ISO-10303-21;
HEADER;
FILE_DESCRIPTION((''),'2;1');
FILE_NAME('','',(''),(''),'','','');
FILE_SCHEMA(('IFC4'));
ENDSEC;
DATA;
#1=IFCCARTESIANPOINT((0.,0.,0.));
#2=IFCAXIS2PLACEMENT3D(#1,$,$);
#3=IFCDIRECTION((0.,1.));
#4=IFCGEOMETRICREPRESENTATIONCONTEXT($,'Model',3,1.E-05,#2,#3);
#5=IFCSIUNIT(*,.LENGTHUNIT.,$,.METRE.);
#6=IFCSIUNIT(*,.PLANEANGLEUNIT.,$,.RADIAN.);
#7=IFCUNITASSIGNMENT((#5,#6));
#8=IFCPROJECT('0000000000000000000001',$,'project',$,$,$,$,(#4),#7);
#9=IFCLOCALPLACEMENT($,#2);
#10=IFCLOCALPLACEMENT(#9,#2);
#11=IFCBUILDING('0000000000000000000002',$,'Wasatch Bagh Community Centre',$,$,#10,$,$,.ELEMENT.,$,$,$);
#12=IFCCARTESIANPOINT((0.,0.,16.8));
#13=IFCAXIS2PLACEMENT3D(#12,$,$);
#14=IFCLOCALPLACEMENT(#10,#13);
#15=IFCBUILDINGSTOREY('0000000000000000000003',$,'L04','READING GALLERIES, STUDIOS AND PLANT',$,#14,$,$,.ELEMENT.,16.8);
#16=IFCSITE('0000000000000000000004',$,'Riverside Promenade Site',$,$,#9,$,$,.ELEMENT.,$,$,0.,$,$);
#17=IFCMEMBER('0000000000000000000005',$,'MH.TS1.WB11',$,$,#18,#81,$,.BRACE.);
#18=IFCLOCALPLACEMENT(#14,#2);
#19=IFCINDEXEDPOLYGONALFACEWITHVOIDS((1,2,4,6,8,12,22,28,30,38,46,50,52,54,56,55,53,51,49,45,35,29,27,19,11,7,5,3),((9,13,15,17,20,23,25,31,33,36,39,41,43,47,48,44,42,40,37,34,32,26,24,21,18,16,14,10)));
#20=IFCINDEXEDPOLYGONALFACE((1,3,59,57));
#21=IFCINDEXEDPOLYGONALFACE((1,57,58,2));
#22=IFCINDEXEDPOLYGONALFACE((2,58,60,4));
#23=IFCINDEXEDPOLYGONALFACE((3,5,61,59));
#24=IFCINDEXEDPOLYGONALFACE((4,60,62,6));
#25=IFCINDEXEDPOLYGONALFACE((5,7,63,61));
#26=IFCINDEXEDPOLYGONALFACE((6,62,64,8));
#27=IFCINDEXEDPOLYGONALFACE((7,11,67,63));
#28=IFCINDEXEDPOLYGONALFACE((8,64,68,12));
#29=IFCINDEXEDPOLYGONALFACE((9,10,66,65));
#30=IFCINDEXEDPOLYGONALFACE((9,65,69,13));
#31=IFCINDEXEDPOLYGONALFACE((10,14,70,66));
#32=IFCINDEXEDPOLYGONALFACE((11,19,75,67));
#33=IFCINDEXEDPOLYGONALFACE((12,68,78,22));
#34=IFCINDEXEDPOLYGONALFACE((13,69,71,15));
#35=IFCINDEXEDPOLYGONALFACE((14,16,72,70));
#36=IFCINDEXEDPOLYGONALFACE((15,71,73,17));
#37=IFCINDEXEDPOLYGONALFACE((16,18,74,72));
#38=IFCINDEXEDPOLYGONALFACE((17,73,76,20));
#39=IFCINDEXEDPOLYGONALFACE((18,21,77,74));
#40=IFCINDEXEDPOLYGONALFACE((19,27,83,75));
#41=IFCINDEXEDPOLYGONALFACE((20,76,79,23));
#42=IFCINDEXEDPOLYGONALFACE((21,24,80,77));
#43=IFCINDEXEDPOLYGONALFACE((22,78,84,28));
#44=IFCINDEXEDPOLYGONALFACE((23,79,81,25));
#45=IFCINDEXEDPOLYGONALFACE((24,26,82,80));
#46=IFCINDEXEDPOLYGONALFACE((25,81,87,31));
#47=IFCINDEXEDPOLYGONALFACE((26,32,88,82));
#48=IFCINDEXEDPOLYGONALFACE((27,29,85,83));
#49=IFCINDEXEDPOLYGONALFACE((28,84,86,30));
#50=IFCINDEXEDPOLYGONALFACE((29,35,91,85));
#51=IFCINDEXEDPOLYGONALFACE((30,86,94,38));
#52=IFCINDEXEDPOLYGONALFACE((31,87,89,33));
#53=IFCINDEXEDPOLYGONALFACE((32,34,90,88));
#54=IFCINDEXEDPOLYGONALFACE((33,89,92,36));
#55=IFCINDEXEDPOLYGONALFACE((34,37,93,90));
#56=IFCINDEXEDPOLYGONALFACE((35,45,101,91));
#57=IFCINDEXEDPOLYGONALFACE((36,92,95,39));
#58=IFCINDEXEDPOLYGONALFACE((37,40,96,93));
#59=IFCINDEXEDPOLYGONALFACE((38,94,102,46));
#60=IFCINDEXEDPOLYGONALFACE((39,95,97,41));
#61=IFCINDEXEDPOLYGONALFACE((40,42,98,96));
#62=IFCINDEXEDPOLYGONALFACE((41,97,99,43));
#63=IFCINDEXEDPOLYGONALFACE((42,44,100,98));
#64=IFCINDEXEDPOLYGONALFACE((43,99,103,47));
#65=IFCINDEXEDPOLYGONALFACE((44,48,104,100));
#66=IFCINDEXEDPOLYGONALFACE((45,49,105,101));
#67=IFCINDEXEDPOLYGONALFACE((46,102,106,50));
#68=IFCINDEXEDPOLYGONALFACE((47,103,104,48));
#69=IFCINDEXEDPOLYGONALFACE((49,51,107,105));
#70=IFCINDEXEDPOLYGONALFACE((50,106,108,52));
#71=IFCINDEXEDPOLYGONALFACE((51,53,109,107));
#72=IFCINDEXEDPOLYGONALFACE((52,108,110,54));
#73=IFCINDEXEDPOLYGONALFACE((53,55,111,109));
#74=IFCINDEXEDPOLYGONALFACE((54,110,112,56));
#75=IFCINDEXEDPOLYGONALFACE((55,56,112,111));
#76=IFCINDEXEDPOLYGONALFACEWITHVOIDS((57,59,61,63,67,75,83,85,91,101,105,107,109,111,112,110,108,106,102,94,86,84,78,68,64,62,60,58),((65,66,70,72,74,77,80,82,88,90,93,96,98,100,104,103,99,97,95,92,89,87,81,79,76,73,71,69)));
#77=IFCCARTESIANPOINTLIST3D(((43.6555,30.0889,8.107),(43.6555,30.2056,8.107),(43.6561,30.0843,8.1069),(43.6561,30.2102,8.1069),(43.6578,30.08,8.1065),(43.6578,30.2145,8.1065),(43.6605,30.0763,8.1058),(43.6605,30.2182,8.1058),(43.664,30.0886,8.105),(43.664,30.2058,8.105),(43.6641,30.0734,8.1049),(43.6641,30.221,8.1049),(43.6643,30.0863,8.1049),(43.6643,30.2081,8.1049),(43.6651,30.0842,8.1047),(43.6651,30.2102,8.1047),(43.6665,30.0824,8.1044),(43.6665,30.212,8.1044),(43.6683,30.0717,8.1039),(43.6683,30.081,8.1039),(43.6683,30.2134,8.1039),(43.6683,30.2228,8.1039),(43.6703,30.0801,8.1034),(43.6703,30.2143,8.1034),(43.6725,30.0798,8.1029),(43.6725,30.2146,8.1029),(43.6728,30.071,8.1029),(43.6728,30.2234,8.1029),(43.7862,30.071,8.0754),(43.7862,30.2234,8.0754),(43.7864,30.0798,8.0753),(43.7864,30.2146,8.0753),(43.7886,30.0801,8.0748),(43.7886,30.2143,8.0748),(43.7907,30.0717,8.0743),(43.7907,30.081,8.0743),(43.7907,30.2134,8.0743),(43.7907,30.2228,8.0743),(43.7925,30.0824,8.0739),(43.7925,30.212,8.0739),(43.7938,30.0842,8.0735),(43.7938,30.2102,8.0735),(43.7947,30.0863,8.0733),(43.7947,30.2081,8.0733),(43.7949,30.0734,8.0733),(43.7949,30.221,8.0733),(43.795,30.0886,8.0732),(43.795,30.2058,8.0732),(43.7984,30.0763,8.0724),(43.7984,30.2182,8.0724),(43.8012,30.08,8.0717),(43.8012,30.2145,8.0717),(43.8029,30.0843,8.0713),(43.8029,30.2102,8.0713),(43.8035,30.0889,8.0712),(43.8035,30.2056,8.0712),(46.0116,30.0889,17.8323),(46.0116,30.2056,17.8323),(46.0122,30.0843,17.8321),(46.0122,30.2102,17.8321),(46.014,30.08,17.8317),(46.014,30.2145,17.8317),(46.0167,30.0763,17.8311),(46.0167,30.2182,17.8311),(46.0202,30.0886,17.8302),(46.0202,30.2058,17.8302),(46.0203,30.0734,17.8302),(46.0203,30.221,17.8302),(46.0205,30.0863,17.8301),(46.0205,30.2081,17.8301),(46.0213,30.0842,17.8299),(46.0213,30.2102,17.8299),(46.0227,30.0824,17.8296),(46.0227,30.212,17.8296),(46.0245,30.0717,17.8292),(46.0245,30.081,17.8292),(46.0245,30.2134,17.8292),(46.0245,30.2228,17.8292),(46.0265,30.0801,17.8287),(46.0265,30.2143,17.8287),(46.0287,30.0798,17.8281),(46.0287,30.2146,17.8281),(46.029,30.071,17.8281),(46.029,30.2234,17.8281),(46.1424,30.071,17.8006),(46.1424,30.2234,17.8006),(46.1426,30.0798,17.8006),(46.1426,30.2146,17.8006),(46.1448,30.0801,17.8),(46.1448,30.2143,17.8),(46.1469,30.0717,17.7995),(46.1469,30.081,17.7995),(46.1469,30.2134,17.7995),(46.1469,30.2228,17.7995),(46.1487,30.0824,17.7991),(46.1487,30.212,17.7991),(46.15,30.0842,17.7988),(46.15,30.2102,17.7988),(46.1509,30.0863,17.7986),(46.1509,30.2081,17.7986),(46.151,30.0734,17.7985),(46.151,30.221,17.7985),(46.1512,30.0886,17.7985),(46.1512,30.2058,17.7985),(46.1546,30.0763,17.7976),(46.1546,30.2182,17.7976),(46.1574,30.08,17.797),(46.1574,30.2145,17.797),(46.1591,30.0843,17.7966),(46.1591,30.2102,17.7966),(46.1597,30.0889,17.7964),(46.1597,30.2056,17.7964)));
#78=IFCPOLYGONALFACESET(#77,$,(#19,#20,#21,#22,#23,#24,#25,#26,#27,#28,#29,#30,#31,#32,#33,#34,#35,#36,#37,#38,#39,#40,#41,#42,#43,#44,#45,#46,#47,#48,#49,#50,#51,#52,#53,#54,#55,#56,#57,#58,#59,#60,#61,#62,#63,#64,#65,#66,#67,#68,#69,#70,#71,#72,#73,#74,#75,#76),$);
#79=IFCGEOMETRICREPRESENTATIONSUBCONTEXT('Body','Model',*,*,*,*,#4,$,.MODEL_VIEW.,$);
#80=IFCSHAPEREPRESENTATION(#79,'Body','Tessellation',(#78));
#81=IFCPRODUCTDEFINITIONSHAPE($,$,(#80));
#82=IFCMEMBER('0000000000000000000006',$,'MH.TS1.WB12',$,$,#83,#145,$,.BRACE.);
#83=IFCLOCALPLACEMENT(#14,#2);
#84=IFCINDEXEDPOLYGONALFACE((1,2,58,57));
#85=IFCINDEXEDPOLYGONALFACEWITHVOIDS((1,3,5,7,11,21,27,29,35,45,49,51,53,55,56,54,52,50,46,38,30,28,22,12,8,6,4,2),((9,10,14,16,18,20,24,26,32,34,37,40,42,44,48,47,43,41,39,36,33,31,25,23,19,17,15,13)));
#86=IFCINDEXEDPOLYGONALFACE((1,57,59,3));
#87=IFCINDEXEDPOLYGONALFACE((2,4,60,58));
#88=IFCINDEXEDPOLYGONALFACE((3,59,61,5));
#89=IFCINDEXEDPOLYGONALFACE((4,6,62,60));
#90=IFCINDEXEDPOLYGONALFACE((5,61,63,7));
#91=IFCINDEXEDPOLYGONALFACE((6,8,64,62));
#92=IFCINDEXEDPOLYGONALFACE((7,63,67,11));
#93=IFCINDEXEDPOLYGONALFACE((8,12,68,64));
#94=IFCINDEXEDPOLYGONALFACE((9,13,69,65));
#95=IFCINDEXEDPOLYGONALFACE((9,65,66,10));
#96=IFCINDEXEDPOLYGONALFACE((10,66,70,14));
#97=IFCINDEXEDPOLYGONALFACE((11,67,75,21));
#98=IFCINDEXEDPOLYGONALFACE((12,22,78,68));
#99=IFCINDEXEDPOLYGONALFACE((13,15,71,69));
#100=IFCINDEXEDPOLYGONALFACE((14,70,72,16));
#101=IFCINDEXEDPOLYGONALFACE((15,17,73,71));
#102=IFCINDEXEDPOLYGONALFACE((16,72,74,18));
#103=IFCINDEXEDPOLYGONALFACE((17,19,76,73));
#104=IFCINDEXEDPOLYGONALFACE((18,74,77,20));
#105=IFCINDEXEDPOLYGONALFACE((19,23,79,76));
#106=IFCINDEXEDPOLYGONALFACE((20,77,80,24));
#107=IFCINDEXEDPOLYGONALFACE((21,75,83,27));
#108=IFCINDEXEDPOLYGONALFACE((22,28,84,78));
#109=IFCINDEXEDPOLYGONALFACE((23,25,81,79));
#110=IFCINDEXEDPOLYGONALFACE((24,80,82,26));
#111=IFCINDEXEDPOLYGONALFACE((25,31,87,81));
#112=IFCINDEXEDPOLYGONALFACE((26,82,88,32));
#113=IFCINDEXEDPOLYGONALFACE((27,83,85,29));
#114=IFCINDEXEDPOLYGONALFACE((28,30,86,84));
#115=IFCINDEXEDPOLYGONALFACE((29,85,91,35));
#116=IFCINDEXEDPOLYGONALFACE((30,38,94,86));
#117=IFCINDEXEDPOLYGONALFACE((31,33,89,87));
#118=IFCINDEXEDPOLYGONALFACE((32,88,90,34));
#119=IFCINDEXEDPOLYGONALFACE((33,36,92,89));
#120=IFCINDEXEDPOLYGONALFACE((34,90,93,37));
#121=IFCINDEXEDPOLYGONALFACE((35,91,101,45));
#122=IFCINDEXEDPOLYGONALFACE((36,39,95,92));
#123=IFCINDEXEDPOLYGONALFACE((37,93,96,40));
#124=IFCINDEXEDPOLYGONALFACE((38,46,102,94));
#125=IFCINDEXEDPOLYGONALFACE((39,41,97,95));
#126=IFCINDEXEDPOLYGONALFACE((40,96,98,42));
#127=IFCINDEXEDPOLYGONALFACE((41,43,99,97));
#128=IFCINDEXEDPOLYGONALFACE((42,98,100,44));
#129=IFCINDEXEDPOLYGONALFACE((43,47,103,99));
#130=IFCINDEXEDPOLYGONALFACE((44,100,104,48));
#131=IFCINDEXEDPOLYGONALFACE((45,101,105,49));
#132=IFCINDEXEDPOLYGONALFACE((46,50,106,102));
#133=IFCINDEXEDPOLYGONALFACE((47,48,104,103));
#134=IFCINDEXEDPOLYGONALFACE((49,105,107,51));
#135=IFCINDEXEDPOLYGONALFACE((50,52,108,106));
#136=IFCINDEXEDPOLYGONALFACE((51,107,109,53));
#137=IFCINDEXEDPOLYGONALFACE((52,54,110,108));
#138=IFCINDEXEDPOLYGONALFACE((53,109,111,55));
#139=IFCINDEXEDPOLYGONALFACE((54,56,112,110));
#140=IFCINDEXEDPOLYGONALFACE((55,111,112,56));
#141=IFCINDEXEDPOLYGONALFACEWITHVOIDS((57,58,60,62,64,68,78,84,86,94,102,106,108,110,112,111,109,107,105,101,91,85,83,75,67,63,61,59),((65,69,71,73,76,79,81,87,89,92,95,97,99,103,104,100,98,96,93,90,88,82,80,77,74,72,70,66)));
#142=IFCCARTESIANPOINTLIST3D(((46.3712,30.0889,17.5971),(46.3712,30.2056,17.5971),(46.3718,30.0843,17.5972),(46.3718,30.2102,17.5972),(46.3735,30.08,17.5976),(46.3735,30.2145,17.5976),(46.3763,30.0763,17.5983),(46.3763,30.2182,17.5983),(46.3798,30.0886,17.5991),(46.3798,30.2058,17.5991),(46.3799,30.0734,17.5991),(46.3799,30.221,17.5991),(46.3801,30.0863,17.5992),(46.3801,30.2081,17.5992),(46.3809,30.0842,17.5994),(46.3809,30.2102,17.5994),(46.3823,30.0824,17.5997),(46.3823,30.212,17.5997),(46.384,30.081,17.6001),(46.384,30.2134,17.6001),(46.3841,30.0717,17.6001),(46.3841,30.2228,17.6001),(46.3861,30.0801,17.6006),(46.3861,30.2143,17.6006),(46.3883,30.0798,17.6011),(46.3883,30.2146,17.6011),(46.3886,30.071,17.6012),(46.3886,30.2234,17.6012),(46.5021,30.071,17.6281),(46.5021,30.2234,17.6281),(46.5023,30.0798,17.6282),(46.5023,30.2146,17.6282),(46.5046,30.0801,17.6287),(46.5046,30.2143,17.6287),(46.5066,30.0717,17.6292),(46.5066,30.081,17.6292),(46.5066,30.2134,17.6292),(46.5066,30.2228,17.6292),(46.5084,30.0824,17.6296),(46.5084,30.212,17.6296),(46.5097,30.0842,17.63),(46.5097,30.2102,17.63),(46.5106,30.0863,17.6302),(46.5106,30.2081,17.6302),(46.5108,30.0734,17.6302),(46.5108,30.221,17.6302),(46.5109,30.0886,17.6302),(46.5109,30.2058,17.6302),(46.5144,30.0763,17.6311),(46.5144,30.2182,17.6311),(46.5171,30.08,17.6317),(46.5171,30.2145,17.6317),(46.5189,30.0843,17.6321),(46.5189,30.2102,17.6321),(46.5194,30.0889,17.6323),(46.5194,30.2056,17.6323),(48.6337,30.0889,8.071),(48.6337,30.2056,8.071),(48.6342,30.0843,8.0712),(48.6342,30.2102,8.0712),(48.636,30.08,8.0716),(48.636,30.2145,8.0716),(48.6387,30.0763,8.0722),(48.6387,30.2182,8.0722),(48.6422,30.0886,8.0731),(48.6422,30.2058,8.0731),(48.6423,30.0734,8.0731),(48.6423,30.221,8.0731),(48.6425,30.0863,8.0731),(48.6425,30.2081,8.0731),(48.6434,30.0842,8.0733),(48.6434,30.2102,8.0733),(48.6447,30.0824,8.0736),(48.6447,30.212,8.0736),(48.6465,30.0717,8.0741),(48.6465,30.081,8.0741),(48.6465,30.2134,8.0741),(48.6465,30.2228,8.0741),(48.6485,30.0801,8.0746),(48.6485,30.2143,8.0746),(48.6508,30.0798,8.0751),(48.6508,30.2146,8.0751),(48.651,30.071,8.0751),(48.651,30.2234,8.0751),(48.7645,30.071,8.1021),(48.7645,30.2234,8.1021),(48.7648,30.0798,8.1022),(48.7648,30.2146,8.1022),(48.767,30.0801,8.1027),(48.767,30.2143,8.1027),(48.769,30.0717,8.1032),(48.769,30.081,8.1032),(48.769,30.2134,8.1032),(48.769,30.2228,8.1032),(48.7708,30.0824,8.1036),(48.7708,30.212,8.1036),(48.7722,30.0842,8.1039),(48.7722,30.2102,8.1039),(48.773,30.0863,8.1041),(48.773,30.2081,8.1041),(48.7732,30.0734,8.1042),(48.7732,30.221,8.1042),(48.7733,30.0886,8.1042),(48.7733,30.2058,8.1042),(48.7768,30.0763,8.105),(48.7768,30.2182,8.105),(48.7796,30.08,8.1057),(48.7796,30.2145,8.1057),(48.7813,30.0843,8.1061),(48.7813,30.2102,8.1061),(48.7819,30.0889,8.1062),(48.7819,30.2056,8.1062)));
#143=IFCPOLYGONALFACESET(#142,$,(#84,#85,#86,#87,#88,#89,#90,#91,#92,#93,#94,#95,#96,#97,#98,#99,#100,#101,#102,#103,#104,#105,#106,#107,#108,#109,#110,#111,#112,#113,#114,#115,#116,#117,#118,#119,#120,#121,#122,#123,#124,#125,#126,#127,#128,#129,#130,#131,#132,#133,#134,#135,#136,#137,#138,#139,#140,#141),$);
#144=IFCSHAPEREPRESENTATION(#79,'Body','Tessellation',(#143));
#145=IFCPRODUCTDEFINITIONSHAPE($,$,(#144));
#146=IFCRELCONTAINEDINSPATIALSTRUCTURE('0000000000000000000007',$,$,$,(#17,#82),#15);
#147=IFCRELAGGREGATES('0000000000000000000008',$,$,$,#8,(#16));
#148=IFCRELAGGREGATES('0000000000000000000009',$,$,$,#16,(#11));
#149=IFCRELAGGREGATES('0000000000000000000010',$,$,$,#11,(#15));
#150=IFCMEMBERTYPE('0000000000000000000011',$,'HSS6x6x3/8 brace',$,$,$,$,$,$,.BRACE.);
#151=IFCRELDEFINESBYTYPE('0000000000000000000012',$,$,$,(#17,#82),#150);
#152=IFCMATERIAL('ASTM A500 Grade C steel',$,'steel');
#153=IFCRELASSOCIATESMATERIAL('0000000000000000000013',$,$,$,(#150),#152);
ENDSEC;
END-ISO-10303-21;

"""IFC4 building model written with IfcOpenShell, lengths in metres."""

from ifc_helpers import new_model, si_unit, direction, frame, origin, origin_2d, place, context, subcontext, project, spatial, hollow_rectangle, extrude, material, material_profile, profile_set, type_object, element, save


model = new_model("IFC4")

# Units and contexts
model_context = context("Model", 3, precision=1e-05, world=origin(), true_north=direction((0.0, 1.0)))
body_context = subcontext(model_context, "Body", "Model", "MODEL_VIEW")
ifc_project = project(units=[si_unit("LENGTHUNIT", "METRE"), si_unit("PLANEANGLEUNIT", "RADIAN")], contexts=[model_context])

# Site, building, storey
site_placement = place(None, origin())
site = spatial("IfcSite", under=ifc_project, at=site_placement, Name="Riverside Promenade Site", CompositionType="ELEMENT", RefElevation=0.0)
building_placement = place(site_placement, origin())
building = spatial("IfcBuilding", under=site, at=building_placement, Name="Wasatch Bagh Community Centre", CompositionType="ELEMENT")
storey_placement = place(building_placement, frame((0.0, 0.0, 16.8)))
storey = spatial("IfcBuildingStorey", under=building, at=storey_placement, Name="L04", Description="READING GALLERIES, STUDIOS AND PLANT", CompositionType="ELEMENT", Elevation=16.8)

# Members
ifc_material_1 = material(Name="ASTM A500 Grade C steel", Category="steel")
ifc_material_profile_1 = material_profile(ifc_material_1, hollow_rectangle(XDim=0.1523, YDim=0.1523, WallThickness=0.0088, InnerFilletRadius=0.0088, OuterFilletRadius=0.0178, at=origin_2d()), Name="HSS6x6x3/8")
ifc_profile_set_1 = profile_set([ifc_material_profile_1], Name="ASTM A500 Grade C steel")
member_type_1 = type_object("IfcMemberType", Name="HSS6x6x3/8 brace", PredefinedType="BRACE", material=ifc_profile_set_1)
member_1_placement = place(storey_placement, frame((43.7295, 30.1472, 8.0891), z_axis=(0.235462, 0.0, 0.971883), x_axis=(0.0, 1.0, 0.0)))
element("IfcMember", 1, at=member_1_placement, inside=storey, type_object=member_type_1, Name="MH.TS1.WB11", PredefinedType="BRACE", context=body_context, shape_type="SweptSolid", body=[
    extrude(hollow_rectangle(XDim=0.1523, YDim=0.1523, WallThickness=0.0088, InnerFilletRadius=0.0088, OuterFilletRadius=0.0178, at=origin_2d()), origin(), (0.0, 0.0, 1.0), 10.0066),
])
member_2_placement = place(storey_placement, frame((48.7078, 30.1472, 8.0886), z_axis=(-0.231072, 0.0, 0.972937), x_axis=(0.0, -1.0, 0.0)))
element("IfcMember", 2, at=member_2_placement, inside=storey, type_object=member_type_1, Name="MH.TS1.WB12", PredefinedType="BRACE", context=body_context, shape_type="SweptSolid", body=[
    extrude(hollow_rectangle(XDim=0.1523, YDim=0.1523, WallThickness=0.0088, InnerFilletRadius=0.0088, OuterFilletRadius=0.0178, at=origin_2d()), origin(), (0.0, 0.0, 1.0), 9.791),
])

save(model, "model.ifc")
